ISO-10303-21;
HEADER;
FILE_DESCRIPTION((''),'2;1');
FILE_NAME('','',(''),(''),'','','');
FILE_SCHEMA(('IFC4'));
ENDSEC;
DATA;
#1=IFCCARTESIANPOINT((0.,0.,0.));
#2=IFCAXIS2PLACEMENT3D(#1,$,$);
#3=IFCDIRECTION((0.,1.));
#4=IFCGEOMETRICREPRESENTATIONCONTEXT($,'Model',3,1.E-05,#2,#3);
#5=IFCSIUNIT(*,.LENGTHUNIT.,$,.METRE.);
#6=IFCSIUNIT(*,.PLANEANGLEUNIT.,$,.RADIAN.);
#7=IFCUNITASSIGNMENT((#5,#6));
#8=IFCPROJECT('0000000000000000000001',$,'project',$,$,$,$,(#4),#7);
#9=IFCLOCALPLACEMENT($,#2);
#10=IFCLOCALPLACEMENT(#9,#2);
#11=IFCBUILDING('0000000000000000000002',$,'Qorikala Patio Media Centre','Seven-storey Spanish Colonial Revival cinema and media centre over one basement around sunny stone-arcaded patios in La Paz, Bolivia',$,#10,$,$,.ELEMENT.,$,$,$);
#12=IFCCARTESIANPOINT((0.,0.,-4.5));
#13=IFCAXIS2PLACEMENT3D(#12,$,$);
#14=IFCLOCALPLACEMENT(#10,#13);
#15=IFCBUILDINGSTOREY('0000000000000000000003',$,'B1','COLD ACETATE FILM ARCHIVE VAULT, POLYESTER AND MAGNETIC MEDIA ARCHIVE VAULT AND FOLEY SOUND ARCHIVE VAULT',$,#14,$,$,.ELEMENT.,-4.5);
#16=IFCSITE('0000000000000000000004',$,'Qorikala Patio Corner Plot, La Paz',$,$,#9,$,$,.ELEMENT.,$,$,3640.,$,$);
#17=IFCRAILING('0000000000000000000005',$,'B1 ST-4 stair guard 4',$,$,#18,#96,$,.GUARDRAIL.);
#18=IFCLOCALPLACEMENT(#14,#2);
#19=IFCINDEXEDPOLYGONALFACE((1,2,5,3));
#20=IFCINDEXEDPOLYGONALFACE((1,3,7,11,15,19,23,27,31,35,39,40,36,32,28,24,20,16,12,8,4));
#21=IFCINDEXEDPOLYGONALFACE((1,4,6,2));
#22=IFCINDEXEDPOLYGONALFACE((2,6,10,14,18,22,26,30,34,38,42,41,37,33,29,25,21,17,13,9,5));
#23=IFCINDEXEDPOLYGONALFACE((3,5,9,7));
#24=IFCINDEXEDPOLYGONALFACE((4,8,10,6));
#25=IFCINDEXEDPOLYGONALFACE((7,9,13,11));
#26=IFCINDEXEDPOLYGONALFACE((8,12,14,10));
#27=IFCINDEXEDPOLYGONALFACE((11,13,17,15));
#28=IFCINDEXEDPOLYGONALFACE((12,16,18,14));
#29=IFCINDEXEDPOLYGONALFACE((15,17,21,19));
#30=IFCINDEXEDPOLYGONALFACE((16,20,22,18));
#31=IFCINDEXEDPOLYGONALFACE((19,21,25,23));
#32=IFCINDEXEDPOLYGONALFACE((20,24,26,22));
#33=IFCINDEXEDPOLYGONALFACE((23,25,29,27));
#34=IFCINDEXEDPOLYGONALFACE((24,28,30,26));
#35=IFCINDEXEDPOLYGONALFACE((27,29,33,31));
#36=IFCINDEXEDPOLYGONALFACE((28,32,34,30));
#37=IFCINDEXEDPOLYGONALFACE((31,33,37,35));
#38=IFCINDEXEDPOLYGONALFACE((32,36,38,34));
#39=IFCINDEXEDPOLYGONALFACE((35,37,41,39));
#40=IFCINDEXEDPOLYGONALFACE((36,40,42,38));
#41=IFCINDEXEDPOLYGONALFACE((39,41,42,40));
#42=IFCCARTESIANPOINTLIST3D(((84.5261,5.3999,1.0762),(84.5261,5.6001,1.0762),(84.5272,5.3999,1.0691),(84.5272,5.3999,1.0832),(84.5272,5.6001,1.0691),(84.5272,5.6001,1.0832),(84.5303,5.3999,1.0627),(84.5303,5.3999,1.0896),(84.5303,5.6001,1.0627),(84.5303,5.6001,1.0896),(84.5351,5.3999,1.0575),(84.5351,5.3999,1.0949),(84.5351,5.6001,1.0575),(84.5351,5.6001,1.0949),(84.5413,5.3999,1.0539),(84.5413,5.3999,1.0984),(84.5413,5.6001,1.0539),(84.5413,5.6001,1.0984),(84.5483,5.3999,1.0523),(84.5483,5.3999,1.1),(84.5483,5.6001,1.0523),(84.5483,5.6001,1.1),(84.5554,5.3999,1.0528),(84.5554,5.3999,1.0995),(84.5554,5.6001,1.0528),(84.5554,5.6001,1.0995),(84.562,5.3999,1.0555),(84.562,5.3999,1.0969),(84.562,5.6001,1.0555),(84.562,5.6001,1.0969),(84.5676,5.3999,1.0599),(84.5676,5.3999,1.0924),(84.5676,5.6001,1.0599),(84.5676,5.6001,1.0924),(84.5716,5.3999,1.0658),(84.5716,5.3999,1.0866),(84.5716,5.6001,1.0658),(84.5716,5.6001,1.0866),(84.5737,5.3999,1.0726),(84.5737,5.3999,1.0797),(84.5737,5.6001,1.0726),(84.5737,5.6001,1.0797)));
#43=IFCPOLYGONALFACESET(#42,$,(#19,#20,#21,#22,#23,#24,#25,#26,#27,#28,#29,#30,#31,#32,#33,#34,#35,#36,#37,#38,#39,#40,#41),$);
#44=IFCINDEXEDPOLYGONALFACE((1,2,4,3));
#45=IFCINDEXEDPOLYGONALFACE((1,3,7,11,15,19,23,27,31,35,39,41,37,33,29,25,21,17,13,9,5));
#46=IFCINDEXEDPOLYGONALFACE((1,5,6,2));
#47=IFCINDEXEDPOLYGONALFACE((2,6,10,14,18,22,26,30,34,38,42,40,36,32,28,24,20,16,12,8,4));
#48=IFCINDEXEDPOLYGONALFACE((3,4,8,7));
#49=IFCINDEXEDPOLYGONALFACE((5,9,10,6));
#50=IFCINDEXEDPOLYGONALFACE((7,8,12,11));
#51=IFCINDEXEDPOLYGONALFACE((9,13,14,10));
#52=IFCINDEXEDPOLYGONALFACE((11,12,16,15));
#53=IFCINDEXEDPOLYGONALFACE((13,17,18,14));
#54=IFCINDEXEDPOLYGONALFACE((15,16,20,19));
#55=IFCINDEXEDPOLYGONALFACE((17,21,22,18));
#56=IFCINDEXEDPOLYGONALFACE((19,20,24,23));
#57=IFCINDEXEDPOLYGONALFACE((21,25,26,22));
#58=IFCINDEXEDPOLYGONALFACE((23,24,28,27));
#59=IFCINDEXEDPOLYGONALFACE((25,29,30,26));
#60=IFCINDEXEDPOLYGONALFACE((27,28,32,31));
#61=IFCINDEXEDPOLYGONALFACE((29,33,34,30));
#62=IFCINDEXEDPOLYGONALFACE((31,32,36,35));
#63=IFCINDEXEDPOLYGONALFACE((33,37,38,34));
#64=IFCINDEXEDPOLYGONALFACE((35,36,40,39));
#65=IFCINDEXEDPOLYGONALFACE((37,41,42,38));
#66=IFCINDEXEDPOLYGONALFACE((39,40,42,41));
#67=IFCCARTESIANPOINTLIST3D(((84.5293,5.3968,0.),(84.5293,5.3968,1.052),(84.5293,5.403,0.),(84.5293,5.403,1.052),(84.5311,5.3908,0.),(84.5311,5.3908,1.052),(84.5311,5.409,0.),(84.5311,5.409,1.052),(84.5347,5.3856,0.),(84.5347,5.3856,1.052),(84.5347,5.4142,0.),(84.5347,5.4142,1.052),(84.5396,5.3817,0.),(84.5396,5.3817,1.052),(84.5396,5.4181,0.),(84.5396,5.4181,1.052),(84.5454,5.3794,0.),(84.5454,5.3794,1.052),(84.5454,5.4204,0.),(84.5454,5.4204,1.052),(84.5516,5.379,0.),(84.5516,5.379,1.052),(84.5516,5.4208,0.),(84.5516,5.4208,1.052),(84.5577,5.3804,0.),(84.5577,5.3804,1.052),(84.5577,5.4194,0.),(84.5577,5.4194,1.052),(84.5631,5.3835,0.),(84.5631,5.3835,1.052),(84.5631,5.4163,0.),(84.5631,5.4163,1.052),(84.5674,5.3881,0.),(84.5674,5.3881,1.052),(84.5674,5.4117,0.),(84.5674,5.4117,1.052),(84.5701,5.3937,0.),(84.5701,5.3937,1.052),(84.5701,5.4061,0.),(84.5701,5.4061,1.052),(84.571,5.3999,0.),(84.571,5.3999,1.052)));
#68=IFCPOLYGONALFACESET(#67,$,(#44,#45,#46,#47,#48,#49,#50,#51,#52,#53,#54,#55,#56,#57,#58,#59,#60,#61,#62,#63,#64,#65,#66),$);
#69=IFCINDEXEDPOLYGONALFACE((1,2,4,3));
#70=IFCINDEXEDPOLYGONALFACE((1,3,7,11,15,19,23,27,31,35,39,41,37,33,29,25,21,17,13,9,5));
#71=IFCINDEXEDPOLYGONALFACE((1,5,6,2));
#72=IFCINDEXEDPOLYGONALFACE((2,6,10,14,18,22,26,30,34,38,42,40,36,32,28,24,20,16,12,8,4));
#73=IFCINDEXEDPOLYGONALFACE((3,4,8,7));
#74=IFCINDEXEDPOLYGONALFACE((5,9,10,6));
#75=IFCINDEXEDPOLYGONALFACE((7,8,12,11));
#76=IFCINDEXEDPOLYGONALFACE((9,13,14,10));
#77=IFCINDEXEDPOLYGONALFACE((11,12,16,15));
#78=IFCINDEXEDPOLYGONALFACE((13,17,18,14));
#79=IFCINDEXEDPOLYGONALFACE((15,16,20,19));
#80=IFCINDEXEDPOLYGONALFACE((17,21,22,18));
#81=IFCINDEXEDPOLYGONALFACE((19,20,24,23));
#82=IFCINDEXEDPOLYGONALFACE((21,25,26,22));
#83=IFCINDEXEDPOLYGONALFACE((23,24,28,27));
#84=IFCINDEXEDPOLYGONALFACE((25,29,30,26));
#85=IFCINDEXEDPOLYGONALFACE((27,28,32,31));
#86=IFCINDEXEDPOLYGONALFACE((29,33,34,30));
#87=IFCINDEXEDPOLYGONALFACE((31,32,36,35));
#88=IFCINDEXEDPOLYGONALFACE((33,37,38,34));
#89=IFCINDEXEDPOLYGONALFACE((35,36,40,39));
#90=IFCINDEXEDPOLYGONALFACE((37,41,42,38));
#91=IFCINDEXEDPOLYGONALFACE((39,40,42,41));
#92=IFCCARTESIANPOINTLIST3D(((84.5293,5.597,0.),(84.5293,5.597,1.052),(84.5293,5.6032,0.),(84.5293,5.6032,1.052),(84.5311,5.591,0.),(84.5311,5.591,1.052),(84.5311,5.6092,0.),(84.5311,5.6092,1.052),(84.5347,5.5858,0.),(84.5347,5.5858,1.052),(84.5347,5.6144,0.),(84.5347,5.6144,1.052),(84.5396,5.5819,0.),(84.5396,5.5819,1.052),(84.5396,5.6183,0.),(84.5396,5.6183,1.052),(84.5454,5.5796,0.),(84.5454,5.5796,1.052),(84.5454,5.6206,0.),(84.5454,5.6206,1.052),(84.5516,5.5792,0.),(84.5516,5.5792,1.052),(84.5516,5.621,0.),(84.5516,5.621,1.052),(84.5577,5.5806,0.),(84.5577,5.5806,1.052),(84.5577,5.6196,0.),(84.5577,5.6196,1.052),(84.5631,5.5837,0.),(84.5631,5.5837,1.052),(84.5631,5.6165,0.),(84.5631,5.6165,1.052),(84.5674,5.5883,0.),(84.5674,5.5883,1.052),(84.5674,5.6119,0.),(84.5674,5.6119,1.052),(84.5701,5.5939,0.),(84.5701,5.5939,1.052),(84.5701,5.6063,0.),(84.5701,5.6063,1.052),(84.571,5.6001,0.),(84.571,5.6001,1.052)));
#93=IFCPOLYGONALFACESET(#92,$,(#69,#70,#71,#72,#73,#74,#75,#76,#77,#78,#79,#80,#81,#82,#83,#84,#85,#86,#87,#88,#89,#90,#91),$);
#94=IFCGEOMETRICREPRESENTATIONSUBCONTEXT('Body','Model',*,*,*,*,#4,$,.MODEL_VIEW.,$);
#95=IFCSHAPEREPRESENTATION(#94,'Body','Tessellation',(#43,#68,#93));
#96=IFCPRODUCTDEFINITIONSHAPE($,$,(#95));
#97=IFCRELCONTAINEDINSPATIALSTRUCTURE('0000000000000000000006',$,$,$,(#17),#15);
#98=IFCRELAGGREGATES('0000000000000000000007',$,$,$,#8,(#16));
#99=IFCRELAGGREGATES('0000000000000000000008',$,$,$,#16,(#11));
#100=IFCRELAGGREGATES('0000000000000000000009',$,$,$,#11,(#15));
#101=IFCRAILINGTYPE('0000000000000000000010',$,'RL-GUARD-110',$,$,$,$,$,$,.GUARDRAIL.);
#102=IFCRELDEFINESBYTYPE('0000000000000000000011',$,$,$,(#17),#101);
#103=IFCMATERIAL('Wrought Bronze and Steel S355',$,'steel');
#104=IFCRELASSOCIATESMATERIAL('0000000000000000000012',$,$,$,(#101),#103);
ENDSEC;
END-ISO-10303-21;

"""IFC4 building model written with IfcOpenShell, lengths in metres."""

from ifc_helpers import new_model, si_unit, direction, frame, origin, origin_2d, place, context, subcontext, project, spatial, circle, extrude, material, type_object, element, save


model = new_model("IFC4")

# Units and contexts
model_context = context("Model", 3, precision=1e-05, world=origin(), true_north=direction((0.0, 1.0)))
body_context = subcontext(model_context, "Body", "Model", "MODEL_VIEW")
ifc_project = project(units=[si_unit("LENGTHUNIT", "METRE"), si_unit("PLANEANGLEUNIT", "RADIAN")], contexts=[model_context])

# Site, building, storey
site_placement = place(None, origin())
site = spatial("IfcSite", under=ifc_project, at=site_placement, Name="Qorikala Patio Corner Plot, La Paz", CompositionType="ELEMENT", RefElevation=3640.0)
building_placement = place(site_placement, origin())
building = spatial("IfcBuilding", under=site, at=building_placement, Name="Qorikala Patio Media Centre", Description="Seven-storey Spanish Colonial Revival cinema and media centre over one basement around sunny stone-arcaded patios in La Paz, Bolivia", CompositionType="ELEMENT")
storey_placement = place(building_placement, frame((0.0, 0.0, -4.5)))
storey = spatial("IfcBuildingStorey", under=building, at=storey_placement, Name="B1", Description="COLD ACETATE FILM ARCHIVE VAULT, POLYESTER AND MAGNETIC MEDIA ARCHIVE VAULT AND FOLEY SOUND ARCHIVE VAULT", CompositionType="ELEMENT", Elevation=-4.5)

# Railing
ifc_material_1 = material(Name="Wrought Bronze and Steel S355", Category="steel")
railing_type_1 = type_object("IfcRailingType", Name="RL-GUARD-110", PredefinedType="GUARDRAIL", material=ifc_material_1)
railing_1_placement = place(storey_placement, frame((84.55, 5.3999, 0.0)))
element("IfcRailing", 1, at=railing_1_placement, inside=storey, type_object=railing_type_1, Name="B1 ST-4 stair guard 4", PredefinedType="GUARDRAIL", context=body_context, shape_type="SweptSolid", body=[
    extrude(circle(Radius=0.0239, at=origin_2d()), frame((0.0, 0.0, 1.0762), z_axis=(0.0, 1.0, 0.0), x_axis=(-1.0, 0.0, 0.0)), (0.0, 0.0, 1.0), 0.2002),
    extrude(circle(Radius=0.021, at=origin_2d()), origin(), (0.0, 0.0, 1.0), 1.052),
    extrude(circle(Radius=0.021, at=origin_2d()), frame((0.0, 0.2002, 0.0)), (0.0, 0.0, 1.0), 1.052),
])

save(model, "model.ifc")
